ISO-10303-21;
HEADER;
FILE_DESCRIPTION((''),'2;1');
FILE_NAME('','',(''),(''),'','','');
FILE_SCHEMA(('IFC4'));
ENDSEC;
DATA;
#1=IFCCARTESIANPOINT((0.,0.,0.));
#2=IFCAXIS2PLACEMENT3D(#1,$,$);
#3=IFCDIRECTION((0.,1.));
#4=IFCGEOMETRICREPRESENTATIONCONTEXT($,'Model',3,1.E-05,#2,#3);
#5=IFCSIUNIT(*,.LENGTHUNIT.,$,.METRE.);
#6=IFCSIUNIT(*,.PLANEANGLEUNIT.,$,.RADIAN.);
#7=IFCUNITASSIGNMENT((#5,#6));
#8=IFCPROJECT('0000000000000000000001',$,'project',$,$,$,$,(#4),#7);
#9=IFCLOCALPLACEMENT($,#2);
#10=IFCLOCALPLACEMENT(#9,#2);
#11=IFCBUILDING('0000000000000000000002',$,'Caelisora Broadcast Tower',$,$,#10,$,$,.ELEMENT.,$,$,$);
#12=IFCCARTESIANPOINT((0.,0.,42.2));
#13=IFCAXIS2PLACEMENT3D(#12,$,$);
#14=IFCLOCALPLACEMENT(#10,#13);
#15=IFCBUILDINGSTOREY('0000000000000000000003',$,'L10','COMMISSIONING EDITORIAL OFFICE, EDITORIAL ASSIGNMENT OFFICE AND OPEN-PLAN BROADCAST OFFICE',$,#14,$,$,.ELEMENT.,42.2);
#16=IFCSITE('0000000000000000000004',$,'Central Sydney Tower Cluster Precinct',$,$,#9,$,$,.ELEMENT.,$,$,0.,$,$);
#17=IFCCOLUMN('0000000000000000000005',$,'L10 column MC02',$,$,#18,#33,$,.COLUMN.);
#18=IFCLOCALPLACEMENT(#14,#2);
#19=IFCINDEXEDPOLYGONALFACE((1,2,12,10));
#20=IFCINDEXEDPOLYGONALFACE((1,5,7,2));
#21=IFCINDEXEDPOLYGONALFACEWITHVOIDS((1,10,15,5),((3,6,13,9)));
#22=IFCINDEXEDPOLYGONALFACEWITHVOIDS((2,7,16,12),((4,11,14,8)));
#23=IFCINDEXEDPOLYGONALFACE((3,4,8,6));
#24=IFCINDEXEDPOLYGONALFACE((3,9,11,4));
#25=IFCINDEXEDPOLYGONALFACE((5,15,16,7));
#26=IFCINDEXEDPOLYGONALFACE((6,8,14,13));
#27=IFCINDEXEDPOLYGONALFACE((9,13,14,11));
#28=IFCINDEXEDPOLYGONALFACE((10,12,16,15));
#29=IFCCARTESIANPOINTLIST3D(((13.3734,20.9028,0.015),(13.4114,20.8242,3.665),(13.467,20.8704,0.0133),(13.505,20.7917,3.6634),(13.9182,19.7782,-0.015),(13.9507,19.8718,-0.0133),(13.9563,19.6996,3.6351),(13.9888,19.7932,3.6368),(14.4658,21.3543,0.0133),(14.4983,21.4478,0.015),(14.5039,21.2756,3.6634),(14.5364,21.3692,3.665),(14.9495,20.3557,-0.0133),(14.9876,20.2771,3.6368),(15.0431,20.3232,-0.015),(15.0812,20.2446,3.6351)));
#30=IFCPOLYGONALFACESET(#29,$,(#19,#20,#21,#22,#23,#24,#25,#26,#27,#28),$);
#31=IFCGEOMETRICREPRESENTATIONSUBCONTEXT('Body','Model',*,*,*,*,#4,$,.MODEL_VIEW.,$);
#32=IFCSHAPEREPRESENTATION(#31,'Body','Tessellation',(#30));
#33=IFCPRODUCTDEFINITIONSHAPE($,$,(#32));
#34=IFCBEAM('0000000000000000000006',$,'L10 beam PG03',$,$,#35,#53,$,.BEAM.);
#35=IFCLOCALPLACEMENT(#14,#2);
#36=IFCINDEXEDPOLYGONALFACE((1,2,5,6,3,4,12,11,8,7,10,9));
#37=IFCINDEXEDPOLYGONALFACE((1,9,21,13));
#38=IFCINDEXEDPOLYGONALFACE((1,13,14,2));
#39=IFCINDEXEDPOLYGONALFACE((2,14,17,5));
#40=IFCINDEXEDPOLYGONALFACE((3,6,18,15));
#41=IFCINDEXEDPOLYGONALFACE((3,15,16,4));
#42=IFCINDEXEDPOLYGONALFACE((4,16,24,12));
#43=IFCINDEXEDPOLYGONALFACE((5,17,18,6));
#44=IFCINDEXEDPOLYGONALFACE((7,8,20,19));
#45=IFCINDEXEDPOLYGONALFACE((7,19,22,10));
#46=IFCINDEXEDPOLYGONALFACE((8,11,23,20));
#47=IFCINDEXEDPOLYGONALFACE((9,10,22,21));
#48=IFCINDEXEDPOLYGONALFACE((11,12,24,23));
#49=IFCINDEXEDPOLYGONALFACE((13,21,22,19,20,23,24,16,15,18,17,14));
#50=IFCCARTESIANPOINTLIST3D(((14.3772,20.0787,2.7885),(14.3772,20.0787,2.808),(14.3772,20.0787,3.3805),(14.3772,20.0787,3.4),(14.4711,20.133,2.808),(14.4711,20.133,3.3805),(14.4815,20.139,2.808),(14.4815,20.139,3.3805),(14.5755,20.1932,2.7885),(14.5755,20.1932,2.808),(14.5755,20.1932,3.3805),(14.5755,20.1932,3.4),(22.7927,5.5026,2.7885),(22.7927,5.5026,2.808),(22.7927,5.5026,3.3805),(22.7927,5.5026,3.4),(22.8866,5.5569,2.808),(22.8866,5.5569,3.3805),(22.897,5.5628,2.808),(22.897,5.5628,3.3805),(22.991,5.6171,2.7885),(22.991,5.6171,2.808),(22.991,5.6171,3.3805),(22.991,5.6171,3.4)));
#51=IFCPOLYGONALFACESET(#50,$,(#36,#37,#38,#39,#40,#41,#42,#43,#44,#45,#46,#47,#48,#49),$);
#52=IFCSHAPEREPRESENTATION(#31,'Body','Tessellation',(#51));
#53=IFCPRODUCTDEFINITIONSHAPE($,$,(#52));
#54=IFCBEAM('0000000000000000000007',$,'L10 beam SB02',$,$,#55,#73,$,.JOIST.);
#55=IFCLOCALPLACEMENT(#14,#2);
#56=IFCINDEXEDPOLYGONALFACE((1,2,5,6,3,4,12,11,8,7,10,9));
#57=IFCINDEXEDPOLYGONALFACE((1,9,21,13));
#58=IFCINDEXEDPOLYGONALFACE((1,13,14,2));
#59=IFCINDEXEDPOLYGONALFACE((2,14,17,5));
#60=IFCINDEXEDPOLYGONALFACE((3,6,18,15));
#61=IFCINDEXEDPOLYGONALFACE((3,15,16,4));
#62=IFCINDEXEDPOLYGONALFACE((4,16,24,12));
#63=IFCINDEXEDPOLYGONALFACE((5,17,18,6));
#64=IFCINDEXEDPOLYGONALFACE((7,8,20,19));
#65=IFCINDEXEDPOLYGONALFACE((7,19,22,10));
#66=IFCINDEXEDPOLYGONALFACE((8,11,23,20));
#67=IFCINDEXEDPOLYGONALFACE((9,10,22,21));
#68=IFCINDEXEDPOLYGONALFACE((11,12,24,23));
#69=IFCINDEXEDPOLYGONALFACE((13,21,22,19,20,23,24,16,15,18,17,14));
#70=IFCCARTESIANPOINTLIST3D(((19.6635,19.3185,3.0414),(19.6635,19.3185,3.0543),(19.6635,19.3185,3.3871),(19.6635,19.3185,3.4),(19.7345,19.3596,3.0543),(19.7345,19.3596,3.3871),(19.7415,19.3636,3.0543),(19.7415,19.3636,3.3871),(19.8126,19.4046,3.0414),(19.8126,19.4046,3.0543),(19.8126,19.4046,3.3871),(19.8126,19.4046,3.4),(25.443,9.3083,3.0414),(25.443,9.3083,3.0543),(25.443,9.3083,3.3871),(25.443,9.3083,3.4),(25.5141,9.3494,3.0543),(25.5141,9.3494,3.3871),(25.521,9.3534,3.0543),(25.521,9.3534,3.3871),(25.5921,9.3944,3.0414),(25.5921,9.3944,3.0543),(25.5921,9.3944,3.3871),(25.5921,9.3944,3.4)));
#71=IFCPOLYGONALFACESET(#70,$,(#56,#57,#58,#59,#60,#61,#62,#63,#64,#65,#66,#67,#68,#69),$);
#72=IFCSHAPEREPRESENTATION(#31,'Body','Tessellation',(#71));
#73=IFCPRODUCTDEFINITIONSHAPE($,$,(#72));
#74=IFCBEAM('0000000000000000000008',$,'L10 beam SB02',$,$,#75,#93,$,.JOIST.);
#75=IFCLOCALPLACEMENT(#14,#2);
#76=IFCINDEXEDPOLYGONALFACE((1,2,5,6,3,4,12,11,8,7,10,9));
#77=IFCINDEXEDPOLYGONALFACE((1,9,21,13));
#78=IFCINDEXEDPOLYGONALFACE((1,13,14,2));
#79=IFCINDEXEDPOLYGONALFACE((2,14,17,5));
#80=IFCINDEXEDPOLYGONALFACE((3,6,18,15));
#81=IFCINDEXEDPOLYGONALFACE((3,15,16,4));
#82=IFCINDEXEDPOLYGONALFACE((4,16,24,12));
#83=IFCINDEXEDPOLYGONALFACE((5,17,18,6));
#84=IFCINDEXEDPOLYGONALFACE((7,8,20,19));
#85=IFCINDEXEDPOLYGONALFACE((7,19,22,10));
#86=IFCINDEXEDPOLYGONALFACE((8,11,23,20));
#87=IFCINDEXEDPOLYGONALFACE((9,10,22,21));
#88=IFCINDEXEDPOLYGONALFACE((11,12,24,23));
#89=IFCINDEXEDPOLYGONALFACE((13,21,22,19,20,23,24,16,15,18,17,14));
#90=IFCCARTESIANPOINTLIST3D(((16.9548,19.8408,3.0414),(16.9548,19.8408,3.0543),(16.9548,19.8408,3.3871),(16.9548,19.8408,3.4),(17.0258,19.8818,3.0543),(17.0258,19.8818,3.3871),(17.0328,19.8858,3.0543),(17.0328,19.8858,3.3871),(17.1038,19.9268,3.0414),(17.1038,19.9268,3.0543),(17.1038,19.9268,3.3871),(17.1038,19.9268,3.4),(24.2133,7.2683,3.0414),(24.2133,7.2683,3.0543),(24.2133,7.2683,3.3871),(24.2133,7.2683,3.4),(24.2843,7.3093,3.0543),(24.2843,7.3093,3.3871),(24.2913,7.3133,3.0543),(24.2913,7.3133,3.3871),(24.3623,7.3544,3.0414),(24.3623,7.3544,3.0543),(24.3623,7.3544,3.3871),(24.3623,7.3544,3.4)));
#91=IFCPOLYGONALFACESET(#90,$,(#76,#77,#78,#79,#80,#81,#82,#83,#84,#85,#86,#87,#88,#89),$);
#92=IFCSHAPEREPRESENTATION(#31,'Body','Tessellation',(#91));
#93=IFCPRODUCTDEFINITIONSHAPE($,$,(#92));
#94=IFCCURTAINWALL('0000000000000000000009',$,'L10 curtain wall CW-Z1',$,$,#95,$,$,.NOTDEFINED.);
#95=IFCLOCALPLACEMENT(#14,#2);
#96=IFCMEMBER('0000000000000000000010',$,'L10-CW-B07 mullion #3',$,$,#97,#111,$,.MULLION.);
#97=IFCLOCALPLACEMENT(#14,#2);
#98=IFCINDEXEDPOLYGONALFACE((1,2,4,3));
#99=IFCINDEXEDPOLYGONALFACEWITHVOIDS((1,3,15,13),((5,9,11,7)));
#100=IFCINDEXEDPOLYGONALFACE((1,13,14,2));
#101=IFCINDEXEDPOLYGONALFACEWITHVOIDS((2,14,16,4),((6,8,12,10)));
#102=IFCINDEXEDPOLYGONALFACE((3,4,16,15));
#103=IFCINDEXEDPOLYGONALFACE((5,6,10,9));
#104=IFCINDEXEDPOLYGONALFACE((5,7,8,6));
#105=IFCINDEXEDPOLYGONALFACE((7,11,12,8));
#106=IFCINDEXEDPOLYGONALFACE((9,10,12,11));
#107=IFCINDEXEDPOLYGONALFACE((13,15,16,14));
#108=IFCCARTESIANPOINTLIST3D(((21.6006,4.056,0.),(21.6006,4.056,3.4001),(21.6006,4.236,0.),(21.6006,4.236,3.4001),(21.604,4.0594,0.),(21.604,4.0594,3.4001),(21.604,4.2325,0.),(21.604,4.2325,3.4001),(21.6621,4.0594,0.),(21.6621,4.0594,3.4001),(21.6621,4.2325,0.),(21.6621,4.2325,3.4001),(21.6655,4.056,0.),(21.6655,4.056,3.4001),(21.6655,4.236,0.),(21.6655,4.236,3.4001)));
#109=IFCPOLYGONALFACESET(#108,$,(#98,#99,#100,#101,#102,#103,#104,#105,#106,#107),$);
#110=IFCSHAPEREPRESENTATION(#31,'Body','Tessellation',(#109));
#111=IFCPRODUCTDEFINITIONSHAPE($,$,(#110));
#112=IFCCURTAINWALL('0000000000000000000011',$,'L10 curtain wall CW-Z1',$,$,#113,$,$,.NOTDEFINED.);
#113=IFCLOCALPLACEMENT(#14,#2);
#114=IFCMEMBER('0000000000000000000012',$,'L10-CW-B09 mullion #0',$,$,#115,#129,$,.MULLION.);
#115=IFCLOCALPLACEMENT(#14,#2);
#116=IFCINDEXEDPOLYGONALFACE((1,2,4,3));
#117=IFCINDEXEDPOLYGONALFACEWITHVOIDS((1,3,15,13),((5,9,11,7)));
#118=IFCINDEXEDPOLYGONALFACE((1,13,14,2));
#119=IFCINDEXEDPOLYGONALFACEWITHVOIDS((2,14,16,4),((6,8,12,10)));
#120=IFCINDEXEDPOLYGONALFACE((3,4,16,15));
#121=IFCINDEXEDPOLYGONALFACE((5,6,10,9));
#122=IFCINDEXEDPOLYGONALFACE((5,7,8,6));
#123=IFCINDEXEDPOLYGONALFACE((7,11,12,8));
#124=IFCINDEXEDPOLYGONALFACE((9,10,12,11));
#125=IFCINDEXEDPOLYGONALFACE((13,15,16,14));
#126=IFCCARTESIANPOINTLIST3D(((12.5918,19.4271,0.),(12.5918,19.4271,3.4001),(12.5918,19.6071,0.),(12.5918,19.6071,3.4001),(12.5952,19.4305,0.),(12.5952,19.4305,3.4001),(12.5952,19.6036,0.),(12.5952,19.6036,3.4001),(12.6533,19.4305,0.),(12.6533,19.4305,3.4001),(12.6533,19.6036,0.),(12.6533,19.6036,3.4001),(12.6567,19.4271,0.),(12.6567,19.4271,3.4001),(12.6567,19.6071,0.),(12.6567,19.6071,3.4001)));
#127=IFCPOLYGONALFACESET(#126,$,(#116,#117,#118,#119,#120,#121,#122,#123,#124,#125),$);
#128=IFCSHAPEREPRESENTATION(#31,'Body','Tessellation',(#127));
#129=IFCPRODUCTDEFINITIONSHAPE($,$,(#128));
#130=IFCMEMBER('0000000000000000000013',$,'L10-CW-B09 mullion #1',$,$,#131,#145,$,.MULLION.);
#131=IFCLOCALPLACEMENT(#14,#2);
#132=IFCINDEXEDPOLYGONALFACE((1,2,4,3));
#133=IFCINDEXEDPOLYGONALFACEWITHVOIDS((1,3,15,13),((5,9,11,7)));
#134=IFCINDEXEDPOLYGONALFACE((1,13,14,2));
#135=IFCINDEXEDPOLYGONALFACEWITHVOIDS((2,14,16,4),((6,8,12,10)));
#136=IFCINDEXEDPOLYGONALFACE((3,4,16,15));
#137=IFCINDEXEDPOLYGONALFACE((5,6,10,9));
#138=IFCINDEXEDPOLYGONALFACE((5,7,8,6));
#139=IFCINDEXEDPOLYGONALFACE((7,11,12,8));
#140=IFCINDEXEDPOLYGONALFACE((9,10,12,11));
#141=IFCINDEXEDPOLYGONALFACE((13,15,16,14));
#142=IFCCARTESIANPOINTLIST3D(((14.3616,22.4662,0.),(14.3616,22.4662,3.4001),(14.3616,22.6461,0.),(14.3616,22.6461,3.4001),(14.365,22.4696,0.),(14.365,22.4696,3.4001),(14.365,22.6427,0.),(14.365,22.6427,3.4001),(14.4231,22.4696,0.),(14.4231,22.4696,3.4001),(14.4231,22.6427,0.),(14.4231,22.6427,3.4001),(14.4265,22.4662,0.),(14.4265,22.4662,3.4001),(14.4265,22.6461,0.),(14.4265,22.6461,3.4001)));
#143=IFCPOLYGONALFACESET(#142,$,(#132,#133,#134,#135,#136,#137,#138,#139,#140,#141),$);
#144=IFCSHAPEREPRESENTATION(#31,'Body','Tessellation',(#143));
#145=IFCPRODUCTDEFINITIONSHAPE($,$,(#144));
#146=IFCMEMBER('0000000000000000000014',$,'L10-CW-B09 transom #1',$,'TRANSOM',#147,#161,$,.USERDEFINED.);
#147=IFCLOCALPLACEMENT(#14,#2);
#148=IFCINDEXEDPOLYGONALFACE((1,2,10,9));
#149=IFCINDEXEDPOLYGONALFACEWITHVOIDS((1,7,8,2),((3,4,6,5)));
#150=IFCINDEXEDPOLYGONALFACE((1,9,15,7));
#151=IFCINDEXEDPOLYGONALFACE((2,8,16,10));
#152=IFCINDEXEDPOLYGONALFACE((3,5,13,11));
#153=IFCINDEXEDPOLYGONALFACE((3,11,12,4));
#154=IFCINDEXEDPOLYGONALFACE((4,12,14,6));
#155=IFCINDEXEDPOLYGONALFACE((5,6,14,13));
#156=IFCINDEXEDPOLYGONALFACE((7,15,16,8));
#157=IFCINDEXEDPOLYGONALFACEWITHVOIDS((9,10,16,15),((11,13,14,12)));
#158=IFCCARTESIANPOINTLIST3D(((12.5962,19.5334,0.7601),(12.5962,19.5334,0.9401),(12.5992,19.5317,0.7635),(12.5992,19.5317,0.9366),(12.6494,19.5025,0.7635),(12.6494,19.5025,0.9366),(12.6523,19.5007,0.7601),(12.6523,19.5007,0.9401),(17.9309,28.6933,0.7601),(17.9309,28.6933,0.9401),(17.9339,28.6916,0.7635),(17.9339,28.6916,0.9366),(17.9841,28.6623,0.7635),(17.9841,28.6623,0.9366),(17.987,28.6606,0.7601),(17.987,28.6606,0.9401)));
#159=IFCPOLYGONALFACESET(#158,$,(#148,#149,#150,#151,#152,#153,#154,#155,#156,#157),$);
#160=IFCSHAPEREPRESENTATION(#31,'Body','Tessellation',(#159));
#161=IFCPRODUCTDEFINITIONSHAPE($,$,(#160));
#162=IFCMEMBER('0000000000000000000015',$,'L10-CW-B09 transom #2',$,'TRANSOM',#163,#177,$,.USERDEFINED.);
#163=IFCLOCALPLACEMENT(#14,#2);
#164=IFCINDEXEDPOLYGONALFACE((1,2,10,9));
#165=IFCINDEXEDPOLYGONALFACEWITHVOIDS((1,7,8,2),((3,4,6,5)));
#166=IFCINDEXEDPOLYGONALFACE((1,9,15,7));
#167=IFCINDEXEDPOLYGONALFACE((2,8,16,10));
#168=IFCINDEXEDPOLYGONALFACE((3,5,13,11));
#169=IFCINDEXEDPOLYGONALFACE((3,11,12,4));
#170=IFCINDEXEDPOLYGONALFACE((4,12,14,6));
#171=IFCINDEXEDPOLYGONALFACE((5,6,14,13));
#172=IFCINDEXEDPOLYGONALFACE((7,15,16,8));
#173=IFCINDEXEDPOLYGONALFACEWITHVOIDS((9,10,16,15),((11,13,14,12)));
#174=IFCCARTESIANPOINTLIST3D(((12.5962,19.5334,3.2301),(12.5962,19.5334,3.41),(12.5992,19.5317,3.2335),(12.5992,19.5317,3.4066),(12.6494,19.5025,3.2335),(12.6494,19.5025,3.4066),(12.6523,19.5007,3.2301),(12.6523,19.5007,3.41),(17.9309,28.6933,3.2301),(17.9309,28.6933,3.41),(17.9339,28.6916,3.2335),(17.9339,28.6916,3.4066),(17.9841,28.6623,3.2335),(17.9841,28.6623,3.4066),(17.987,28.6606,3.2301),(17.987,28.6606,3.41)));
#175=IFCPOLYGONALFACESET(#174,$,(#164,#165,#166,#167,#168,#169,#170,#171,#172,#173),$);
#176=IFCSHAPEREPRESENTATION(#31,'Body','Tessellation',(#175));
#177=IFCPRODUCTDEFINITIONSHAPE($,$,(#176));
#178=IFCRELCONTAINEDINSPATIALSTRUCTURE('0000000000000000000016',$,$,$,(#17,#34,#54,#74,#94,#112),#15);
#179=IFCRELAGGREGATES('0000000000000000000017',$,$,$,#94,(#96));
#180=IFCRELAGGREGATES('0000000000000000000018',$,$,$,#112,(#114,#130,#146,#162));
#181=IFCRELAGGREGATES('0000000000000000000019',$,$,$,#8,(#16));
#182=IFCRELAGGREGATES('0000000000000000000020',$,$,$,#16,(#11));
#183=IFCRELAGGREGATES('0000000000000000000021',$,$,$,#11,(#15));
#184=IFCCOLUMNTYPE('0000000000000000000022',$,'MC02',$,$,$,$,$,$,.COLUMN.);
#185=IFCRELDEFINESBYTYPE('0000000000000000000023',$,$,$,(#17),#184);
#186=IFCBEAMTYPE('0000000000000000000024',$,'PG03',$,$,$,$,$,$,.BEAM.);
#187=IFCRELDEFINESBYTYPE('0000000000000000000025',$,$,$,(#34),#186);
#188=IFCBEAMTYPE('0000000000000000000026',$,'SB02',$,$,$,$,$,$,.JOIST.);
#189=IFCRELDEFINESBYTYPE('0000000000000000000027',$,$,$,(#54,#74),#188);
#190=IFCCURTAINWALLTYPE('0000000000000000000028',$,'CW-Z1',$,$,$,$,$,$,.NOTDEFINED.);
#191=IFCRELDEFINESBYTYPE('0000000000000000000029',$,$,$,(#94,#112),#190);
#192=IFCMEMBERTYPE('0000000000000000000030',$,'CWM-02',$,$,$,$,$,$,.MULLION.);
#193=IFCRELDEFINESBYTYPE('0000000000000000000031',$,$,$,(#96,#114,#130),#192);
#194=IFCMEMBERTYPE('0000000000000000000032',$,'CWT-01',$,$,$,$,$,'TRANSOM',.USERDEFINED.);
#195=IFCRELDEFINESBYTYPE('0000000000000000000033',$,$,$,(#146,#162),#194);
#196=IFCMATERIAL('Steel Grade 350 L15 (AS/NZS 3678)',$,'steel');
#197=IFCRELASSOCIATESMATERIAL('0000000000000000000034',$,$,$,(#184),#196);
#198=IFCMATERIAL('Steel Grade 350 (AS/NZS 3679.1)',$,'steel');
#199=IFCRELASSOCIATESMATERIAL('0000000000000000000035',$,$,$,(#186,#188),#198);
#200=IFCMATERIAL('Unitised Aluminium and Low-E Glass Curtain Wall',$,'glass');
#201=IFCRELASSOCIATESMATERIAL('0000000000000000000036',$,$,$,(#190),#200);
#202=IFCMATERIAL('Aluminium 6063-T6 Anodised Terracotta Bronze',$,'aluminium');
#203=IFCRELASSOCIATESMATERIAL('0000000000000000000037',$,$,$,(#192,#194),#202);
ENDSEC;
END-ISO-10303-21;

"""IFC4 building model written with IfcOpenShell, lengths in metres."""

from ifc_helpers import new_model, si_unit, direction, frame, origin, origin_2d, place, context, subcontext, project, spatial, hollow_rectangle, i_section, extrude, source, transform, mapped, material, material_profile, profile_set, type_object, type_shapes, element, aggregate, save


model = new_model("IFC4")

# Units and contexts
model_context = context("Model", 3, precision=1e-05, world=origin(), true_north=direction((0.0, 1.0)))
body_context = subcontext(model_context, "Body", "Model", "MODEL_VIEW")
ifc_project = project(units=[si_unit("LENGTHUNIT", "METRE"), si_unit("PLANEANGLEUNIT", "RADIAN")], contexts=[model_context])

# Site, building, storey
site_placement = place(None, origin())
site = spatial("IfcSite", under=ifc_project, at=site_placement, Name="Central Sydney Tower Cluster Precinct", CompositionType="ELEMENT", RefElevation=0.0)
building_placement = place(site_placement, origin())
building = spatial("IfcBuilding", under=site, at=building_placement, Name="Caelisora Broadcast Tower", CompositionType="ELEMENT")
storey_placement = place(building_placement, frame((0.0, 0.0, 42.2)))
storey = spatial("IfcBuildingStorey", under=building, at=storey_placement, Name="L10", Description="COMMISSIONING EDITORIAL OFFICE, EDITORIAL ASSIGNMENT OFFICE AND OPEN-PLAN BROADCAST OFFICE", CompositionType="ELEMENT", Elevation=42.2)

# Column
ifc_material_1 = material(Name="Steel Grade 350 L15 (AS/NZS 3678)", Category="steel")
ifc_material_profile_1 = material_profile(ifc_material_1, hollow_rectangle(XDim=1.25, YDim=1.25, WallThickness=0.0701, at=origin_2d()), Name="Steel Grade 350 L15 (AS/NZS 3678)")
ifc_profile_set_1 = profile_set([ifc_material_profile_1], Name="Steel Grade 350 L15 (AS/NZS 3678)")
column_type = type_object("IfcColumnType", Name="MC02", PredefinedType="COLUMN", material=ifc_profile_set_1)
shared_shape_1 = source(origin(), body_context, "Body", "SweptSolid", [
    extrude(hollow_rectangle(XDim=1.25, YDim=1.25, WallThickness=0.0701, at=origin_2d()), origin(), (0.0, 0.0, 1.0), 3.6511),
])
type_shapes(column_type, [shared_shape_1])
column_placement = place(storey_placement, frame((14.2083, 20.613, 0.0), z_axis=(0.010431, -0.021531, 0.999714), x_axis=(0.899947, 0.435999, 0.0)))
element("IfcColumn", 1, at=column_placement, inside=storey, type_object=column_type, Name="L10 column MC02", PredefinedType="COLUMN", context=body_context, shape_type="MappedRepresentation", body=[
    mapped(shared_shape_1, transform((0.0, 0.0, 0.0), scale=1.0)),
])

# Beams
ifc_material_2 = material(Name="Steel Grade 350 (AS/NZS 3679.1)", Category="steel")
ifc_material_profile_2 = material_profile(ifc_material_2, i_section(OverallWidth=0.229, OverallDepth=0.6116, WebThickness=0.012, FlangeThickness=0.0195, at=origin_2d()), Name="Steel Grade 350 (AS/NZS 3679.1)")
ifc_profile_set_2 = profile_set([ifc_material_profile_2], Name="Steel Grade 350 (AS/NZS 3679.1)")
beam_type_1 = type_object("IfcBeamType", Name="PG03", PredefinedType="BEAM", material=ifc_profile_set_2)
shared_shape_2 = source(origin(), body_context, "Body", "SweptSolid", [
    extrude(i_section(OverallWidth=0.229, OverallDepth=0.6116, WebThickness=0.012, FlangeThickness=0.0195, at=origin_2d()), origin(), (0.0, 0.0, 1.0), 16.8311),
])
type_shapes(beam_type_1, [shared_shape_2])
beam_1_placement = place(storey_placement, frame((14.4763, 20.136, 3.0942), z_axis=(0.499999, -0.866026, 0.0), x_axis=(0.866026, 0.499999, 0.0)))
element("IfcBeam", 2, at=beam_1_placement, inside=storey, type_object=beam_type_1, Name="L10 beam PG03", PredefinedType="BEAM", context=body_context, shape_type="MappedRepresentation", body=[
    mapped(shared_shape_2, transform((0.0, 0.0, 0.0), scale=1.0)),
])
ifc_material_profile_3 = material_profile(ifc_material_2, i_section(OverallWidth=0.1721, OverallDepth=0.3586, WebThickness=0.0081, FlangeThickness=0.0129, at=origin_2d()), Name="Steel Grade 350 (AS/NZS 3679.1)")
ifc_profile_set_3 = profile_set([ifc_material_profile_3], Name="Steel Grade 350 (AS/NZS 3679.1)")
beam_type_2 = type_object("IfcBeamType", Name="SB02", PredefinedType="JOIST", material=ifc_profile_set_3)
shared_shape_3 = source(origin(), body_context, "Body", "SweptSolid", [
    extrude(i_section(OverallWidth=0.1721, OverallDepth=0.3586, WebThickness=0.0081, FlangeThickness=0.0129, at=origin_2d()), origin(), (0.0, 0.0, 1.0), 11.5588),
])
beam_2_placement = place(storey_placement, frame((19.738, 19.3616, 3.2207), z_axis=(0.500008, -0.866021, 0.0), x_axis=(0.866021, 0.500008, 0.0)))
element("IfcBeam", 3, at=beam_2_placement, inside=storey, type_object=beam_type_2, Name="L10 beam SB02", PredefinedType="JOIST", context=body_context, shape_type="MappedRepresentation", body=[
    mapped(shared_shape_3, transform((0.0, 0.0, 0.0), scale=1.0)),
])
shared_shape_4 = source(origin(), body_context, "Body", "SweptSolid", [
    extrude(i_section(OverallWidth=0.1721, OverallDepth=0.3586, WebThickness=0.0081, FlangeThickness=0.0129, at=origin_2d()), origin(), (0.0, 0.0, 1.0), 14.5173),
])
type_shapes(beam_type_2, [shared_shape_3, shared_shape_4])
beam_3_placement = place(storey_placement, frame((17.0293, 19.8838, 3.2207), z_axis=(0.49999, -0.866031, 0.0), x_axis=(0.866031, 0.49999, 0.0)))
element("IfcBeam", 4, at=beam_3_placement, inside=storey, type_object=beam_type_2, Name="L10 beam SB02", PredefinedType="JOIST", context=body_context, shape_type="MappedRepresentation", body=[
    mapped(shared_shape_4, transform((0.0, 0.0, 0.0), scale=1.0)),
])

# Curtain wall, member
ifc_material_3 = material(Name="Unitised Aluminium and Low-E Glass Curtain Wall", Category="glass")
curtain_wall_type = type_object("IfcCurtainWallType", Name="CW-Z1", PredefinedType="NOTDEFINED", material=ifc_material_3)
curtain_wall_1_placement = place(storey_placement, origin())
curtain_wall_1 = element("IfcCurtainWall", 5, at=curtain_wall_1_placement, inside=storey, type_object=curtain_wall_type, Name="L10 curtain wall CW-Z1", PredefinedType="NOTDEFINED")
ifc_material_4 = material(Name="Aluminium 6063-T6 Anodised Terracotta Bronze", Category="aluminium")
ifc_material_profile_4 = material_profile(ifc_material_4, hollow_rectangle(XDim=0.0649, YDim=0.1799, WallThickness=0.0034, at=origin_2d()), Name="Aluminium 6063-T6 Anodised Terracotta Bronze")
ifc_profile_set_4 = profile_set([ifc_material_profile_4], Name="Aluminium 6063-T6 Anodised Terracotta Bronze")
member_type_1 = type_object("IfcMemberType", Name="CWM-02", PredefinedType="MULLION", material=ifc_profile_set_4)
shared_shape_5 = source(origin(), body_context, "Body", "SweptSolid", [
    extrude(hollow_rectangle(XDim=0.0649, YDim=0.1799, WallThickness=0.0034, at=origin_2d()), origin(), (0.0, 0.0, 1.0), 3.4001),
])
type_shapes(member_type_1, [shared_shape_5])
member_1_placement = place(storey_placement, frame((21.6331, 4.146, 0.0), z_axis=(0.0, 0.0, 1.0), x_axis=(1.0, 0.0, 0.0)))
member_1 = element("IfcMember", 6, at=member_1_placement, type_object=member_type_1, Name="L10-CW-B07 mullion #3", PredefinedType="MULLION", context=body_context, shape_type="MappedRepresentation", body=[
    mapped(shared_shape_5, transform((0.0, 0.0, 0.0), scale=1.0)),
])
aggregate(curtain_wall_1, [member_1])

# Curtain wall, members
curtain_wall_2_placement = place(storey_placement, origin())
curtain_wall_2 = element("IfcCurtainWall", 7, at=curtain_wall_2_placement, inside=storey, type_object=curtain_wall_type, Name="L10 curtain wall CW-Z1", PredefinedType="NOTDEFINED")
member_2_placement = place(storey_placement, frame((12.6243, 19.5171, 0.0), z_axis=(0.0, 0.0, 1.0), x_axis=(1.0, 0.0, 0.0)))
member_2 = element("IfcMember", 8, at=member_2_placement, type_object=member_type_1, Name="L10-CW-B09 mullion #0", PredefinedType="MULLION", context=body_context, shape_type="MappedRepresentation", body=[
    mapped(shared_shape_5, transform((0.0, 0.0, 0.0), scale=1.0)),
])
member_3_placement = place(storey_placement, frame((14.394, 22.5562, 0.0), z_axis=(0.0, 0.0, 1.0), x_axis=(1.0, 0.0, 0.0)))
member_3 = element("IfcMember", 9, at=member_3_placement, type_object=member_type_1, Name="L10-CW-B09 mullion #1", PredefinedType="MULLION", context=body_context, shape_type="MappedRepresentation", body=[
    mapped(shared_shape_5, transform((0.0, 0.0, 0.0), scale=1.0)),
])
ifc_material_profile_5 = material_profile(ifc_material_4, hollow_rectangle(XDim=0.0649, YDim=0.1799, WallThickness=0.0034, at=origin_2d()), Name="Aluminium 6063-T6 Anodised Terracotta Bronze")
ifc_profile_set_5 = profile_set([ifc_material_profile_5], Name="Aluminium 6063-T6 Anodised Terracotta Bronze")
member_type_2 = type_object("IfcMemberType", Name="CWT-01", ElementType="TRANSOM", PredefinedType="USERDEFINED", material=ifc_profile_set_5)
shared_shape_6 = source(origin(), body_context, "Body", "SweptSolid", [
    extrude(hollow_rectangle(XDim=0.0649, YDim=0.1799, WallThickness=0.0034, at=origin_2d()), origin(), (0.0, 0.0, 1.0), 10.6001),
])
type_shapes(member_type_2, [shared_shape_6])
member_4_placement = place(storey_placement, frame((12.6243, 19.5171, 0.8501), z_axis=(0.503268, 0.86413, 0.0), x_axis=(-0.86413, 0.503268, 0.0)))
member_4 = element("IfcMember", 10, at=member_4_placement, type_object=member_type_2, Name="L10-CW-B09 transom #1", ObjectType="TRANSOM", PredefinedType="USERDEFINED", context=body_context, shape_type="MappedRepresentation", body=[
    mapped(shared_shape_6, transform((0.0, 0.0, 0.0), scale=1.0)),
])
member_5_placement = place(storey_placement, frame((12.6243, 19.5171, 3.3201), z_axis=(0.503268, 0.86413, 0.0), x_axis=(-0.86413, 0.503268, 0.0)))
member_5 = element("IfcMember", 11, at=member_5_placement, type_object=member_type_2, Name="L10-CW-B09 transom #2", ObjectType="TRANSOM", PredefinedType="USERDEFINED", context=body_context, shape_type="MappedRepresentation", body=[
    mapped(shared_shape_6, transform((0.0, 0.0, 0.0), scale=1.0)),
])

aggregate(curtain_wall_2, [member_2, member_3, member_4, member_5])

save(model, "model.ifc")
